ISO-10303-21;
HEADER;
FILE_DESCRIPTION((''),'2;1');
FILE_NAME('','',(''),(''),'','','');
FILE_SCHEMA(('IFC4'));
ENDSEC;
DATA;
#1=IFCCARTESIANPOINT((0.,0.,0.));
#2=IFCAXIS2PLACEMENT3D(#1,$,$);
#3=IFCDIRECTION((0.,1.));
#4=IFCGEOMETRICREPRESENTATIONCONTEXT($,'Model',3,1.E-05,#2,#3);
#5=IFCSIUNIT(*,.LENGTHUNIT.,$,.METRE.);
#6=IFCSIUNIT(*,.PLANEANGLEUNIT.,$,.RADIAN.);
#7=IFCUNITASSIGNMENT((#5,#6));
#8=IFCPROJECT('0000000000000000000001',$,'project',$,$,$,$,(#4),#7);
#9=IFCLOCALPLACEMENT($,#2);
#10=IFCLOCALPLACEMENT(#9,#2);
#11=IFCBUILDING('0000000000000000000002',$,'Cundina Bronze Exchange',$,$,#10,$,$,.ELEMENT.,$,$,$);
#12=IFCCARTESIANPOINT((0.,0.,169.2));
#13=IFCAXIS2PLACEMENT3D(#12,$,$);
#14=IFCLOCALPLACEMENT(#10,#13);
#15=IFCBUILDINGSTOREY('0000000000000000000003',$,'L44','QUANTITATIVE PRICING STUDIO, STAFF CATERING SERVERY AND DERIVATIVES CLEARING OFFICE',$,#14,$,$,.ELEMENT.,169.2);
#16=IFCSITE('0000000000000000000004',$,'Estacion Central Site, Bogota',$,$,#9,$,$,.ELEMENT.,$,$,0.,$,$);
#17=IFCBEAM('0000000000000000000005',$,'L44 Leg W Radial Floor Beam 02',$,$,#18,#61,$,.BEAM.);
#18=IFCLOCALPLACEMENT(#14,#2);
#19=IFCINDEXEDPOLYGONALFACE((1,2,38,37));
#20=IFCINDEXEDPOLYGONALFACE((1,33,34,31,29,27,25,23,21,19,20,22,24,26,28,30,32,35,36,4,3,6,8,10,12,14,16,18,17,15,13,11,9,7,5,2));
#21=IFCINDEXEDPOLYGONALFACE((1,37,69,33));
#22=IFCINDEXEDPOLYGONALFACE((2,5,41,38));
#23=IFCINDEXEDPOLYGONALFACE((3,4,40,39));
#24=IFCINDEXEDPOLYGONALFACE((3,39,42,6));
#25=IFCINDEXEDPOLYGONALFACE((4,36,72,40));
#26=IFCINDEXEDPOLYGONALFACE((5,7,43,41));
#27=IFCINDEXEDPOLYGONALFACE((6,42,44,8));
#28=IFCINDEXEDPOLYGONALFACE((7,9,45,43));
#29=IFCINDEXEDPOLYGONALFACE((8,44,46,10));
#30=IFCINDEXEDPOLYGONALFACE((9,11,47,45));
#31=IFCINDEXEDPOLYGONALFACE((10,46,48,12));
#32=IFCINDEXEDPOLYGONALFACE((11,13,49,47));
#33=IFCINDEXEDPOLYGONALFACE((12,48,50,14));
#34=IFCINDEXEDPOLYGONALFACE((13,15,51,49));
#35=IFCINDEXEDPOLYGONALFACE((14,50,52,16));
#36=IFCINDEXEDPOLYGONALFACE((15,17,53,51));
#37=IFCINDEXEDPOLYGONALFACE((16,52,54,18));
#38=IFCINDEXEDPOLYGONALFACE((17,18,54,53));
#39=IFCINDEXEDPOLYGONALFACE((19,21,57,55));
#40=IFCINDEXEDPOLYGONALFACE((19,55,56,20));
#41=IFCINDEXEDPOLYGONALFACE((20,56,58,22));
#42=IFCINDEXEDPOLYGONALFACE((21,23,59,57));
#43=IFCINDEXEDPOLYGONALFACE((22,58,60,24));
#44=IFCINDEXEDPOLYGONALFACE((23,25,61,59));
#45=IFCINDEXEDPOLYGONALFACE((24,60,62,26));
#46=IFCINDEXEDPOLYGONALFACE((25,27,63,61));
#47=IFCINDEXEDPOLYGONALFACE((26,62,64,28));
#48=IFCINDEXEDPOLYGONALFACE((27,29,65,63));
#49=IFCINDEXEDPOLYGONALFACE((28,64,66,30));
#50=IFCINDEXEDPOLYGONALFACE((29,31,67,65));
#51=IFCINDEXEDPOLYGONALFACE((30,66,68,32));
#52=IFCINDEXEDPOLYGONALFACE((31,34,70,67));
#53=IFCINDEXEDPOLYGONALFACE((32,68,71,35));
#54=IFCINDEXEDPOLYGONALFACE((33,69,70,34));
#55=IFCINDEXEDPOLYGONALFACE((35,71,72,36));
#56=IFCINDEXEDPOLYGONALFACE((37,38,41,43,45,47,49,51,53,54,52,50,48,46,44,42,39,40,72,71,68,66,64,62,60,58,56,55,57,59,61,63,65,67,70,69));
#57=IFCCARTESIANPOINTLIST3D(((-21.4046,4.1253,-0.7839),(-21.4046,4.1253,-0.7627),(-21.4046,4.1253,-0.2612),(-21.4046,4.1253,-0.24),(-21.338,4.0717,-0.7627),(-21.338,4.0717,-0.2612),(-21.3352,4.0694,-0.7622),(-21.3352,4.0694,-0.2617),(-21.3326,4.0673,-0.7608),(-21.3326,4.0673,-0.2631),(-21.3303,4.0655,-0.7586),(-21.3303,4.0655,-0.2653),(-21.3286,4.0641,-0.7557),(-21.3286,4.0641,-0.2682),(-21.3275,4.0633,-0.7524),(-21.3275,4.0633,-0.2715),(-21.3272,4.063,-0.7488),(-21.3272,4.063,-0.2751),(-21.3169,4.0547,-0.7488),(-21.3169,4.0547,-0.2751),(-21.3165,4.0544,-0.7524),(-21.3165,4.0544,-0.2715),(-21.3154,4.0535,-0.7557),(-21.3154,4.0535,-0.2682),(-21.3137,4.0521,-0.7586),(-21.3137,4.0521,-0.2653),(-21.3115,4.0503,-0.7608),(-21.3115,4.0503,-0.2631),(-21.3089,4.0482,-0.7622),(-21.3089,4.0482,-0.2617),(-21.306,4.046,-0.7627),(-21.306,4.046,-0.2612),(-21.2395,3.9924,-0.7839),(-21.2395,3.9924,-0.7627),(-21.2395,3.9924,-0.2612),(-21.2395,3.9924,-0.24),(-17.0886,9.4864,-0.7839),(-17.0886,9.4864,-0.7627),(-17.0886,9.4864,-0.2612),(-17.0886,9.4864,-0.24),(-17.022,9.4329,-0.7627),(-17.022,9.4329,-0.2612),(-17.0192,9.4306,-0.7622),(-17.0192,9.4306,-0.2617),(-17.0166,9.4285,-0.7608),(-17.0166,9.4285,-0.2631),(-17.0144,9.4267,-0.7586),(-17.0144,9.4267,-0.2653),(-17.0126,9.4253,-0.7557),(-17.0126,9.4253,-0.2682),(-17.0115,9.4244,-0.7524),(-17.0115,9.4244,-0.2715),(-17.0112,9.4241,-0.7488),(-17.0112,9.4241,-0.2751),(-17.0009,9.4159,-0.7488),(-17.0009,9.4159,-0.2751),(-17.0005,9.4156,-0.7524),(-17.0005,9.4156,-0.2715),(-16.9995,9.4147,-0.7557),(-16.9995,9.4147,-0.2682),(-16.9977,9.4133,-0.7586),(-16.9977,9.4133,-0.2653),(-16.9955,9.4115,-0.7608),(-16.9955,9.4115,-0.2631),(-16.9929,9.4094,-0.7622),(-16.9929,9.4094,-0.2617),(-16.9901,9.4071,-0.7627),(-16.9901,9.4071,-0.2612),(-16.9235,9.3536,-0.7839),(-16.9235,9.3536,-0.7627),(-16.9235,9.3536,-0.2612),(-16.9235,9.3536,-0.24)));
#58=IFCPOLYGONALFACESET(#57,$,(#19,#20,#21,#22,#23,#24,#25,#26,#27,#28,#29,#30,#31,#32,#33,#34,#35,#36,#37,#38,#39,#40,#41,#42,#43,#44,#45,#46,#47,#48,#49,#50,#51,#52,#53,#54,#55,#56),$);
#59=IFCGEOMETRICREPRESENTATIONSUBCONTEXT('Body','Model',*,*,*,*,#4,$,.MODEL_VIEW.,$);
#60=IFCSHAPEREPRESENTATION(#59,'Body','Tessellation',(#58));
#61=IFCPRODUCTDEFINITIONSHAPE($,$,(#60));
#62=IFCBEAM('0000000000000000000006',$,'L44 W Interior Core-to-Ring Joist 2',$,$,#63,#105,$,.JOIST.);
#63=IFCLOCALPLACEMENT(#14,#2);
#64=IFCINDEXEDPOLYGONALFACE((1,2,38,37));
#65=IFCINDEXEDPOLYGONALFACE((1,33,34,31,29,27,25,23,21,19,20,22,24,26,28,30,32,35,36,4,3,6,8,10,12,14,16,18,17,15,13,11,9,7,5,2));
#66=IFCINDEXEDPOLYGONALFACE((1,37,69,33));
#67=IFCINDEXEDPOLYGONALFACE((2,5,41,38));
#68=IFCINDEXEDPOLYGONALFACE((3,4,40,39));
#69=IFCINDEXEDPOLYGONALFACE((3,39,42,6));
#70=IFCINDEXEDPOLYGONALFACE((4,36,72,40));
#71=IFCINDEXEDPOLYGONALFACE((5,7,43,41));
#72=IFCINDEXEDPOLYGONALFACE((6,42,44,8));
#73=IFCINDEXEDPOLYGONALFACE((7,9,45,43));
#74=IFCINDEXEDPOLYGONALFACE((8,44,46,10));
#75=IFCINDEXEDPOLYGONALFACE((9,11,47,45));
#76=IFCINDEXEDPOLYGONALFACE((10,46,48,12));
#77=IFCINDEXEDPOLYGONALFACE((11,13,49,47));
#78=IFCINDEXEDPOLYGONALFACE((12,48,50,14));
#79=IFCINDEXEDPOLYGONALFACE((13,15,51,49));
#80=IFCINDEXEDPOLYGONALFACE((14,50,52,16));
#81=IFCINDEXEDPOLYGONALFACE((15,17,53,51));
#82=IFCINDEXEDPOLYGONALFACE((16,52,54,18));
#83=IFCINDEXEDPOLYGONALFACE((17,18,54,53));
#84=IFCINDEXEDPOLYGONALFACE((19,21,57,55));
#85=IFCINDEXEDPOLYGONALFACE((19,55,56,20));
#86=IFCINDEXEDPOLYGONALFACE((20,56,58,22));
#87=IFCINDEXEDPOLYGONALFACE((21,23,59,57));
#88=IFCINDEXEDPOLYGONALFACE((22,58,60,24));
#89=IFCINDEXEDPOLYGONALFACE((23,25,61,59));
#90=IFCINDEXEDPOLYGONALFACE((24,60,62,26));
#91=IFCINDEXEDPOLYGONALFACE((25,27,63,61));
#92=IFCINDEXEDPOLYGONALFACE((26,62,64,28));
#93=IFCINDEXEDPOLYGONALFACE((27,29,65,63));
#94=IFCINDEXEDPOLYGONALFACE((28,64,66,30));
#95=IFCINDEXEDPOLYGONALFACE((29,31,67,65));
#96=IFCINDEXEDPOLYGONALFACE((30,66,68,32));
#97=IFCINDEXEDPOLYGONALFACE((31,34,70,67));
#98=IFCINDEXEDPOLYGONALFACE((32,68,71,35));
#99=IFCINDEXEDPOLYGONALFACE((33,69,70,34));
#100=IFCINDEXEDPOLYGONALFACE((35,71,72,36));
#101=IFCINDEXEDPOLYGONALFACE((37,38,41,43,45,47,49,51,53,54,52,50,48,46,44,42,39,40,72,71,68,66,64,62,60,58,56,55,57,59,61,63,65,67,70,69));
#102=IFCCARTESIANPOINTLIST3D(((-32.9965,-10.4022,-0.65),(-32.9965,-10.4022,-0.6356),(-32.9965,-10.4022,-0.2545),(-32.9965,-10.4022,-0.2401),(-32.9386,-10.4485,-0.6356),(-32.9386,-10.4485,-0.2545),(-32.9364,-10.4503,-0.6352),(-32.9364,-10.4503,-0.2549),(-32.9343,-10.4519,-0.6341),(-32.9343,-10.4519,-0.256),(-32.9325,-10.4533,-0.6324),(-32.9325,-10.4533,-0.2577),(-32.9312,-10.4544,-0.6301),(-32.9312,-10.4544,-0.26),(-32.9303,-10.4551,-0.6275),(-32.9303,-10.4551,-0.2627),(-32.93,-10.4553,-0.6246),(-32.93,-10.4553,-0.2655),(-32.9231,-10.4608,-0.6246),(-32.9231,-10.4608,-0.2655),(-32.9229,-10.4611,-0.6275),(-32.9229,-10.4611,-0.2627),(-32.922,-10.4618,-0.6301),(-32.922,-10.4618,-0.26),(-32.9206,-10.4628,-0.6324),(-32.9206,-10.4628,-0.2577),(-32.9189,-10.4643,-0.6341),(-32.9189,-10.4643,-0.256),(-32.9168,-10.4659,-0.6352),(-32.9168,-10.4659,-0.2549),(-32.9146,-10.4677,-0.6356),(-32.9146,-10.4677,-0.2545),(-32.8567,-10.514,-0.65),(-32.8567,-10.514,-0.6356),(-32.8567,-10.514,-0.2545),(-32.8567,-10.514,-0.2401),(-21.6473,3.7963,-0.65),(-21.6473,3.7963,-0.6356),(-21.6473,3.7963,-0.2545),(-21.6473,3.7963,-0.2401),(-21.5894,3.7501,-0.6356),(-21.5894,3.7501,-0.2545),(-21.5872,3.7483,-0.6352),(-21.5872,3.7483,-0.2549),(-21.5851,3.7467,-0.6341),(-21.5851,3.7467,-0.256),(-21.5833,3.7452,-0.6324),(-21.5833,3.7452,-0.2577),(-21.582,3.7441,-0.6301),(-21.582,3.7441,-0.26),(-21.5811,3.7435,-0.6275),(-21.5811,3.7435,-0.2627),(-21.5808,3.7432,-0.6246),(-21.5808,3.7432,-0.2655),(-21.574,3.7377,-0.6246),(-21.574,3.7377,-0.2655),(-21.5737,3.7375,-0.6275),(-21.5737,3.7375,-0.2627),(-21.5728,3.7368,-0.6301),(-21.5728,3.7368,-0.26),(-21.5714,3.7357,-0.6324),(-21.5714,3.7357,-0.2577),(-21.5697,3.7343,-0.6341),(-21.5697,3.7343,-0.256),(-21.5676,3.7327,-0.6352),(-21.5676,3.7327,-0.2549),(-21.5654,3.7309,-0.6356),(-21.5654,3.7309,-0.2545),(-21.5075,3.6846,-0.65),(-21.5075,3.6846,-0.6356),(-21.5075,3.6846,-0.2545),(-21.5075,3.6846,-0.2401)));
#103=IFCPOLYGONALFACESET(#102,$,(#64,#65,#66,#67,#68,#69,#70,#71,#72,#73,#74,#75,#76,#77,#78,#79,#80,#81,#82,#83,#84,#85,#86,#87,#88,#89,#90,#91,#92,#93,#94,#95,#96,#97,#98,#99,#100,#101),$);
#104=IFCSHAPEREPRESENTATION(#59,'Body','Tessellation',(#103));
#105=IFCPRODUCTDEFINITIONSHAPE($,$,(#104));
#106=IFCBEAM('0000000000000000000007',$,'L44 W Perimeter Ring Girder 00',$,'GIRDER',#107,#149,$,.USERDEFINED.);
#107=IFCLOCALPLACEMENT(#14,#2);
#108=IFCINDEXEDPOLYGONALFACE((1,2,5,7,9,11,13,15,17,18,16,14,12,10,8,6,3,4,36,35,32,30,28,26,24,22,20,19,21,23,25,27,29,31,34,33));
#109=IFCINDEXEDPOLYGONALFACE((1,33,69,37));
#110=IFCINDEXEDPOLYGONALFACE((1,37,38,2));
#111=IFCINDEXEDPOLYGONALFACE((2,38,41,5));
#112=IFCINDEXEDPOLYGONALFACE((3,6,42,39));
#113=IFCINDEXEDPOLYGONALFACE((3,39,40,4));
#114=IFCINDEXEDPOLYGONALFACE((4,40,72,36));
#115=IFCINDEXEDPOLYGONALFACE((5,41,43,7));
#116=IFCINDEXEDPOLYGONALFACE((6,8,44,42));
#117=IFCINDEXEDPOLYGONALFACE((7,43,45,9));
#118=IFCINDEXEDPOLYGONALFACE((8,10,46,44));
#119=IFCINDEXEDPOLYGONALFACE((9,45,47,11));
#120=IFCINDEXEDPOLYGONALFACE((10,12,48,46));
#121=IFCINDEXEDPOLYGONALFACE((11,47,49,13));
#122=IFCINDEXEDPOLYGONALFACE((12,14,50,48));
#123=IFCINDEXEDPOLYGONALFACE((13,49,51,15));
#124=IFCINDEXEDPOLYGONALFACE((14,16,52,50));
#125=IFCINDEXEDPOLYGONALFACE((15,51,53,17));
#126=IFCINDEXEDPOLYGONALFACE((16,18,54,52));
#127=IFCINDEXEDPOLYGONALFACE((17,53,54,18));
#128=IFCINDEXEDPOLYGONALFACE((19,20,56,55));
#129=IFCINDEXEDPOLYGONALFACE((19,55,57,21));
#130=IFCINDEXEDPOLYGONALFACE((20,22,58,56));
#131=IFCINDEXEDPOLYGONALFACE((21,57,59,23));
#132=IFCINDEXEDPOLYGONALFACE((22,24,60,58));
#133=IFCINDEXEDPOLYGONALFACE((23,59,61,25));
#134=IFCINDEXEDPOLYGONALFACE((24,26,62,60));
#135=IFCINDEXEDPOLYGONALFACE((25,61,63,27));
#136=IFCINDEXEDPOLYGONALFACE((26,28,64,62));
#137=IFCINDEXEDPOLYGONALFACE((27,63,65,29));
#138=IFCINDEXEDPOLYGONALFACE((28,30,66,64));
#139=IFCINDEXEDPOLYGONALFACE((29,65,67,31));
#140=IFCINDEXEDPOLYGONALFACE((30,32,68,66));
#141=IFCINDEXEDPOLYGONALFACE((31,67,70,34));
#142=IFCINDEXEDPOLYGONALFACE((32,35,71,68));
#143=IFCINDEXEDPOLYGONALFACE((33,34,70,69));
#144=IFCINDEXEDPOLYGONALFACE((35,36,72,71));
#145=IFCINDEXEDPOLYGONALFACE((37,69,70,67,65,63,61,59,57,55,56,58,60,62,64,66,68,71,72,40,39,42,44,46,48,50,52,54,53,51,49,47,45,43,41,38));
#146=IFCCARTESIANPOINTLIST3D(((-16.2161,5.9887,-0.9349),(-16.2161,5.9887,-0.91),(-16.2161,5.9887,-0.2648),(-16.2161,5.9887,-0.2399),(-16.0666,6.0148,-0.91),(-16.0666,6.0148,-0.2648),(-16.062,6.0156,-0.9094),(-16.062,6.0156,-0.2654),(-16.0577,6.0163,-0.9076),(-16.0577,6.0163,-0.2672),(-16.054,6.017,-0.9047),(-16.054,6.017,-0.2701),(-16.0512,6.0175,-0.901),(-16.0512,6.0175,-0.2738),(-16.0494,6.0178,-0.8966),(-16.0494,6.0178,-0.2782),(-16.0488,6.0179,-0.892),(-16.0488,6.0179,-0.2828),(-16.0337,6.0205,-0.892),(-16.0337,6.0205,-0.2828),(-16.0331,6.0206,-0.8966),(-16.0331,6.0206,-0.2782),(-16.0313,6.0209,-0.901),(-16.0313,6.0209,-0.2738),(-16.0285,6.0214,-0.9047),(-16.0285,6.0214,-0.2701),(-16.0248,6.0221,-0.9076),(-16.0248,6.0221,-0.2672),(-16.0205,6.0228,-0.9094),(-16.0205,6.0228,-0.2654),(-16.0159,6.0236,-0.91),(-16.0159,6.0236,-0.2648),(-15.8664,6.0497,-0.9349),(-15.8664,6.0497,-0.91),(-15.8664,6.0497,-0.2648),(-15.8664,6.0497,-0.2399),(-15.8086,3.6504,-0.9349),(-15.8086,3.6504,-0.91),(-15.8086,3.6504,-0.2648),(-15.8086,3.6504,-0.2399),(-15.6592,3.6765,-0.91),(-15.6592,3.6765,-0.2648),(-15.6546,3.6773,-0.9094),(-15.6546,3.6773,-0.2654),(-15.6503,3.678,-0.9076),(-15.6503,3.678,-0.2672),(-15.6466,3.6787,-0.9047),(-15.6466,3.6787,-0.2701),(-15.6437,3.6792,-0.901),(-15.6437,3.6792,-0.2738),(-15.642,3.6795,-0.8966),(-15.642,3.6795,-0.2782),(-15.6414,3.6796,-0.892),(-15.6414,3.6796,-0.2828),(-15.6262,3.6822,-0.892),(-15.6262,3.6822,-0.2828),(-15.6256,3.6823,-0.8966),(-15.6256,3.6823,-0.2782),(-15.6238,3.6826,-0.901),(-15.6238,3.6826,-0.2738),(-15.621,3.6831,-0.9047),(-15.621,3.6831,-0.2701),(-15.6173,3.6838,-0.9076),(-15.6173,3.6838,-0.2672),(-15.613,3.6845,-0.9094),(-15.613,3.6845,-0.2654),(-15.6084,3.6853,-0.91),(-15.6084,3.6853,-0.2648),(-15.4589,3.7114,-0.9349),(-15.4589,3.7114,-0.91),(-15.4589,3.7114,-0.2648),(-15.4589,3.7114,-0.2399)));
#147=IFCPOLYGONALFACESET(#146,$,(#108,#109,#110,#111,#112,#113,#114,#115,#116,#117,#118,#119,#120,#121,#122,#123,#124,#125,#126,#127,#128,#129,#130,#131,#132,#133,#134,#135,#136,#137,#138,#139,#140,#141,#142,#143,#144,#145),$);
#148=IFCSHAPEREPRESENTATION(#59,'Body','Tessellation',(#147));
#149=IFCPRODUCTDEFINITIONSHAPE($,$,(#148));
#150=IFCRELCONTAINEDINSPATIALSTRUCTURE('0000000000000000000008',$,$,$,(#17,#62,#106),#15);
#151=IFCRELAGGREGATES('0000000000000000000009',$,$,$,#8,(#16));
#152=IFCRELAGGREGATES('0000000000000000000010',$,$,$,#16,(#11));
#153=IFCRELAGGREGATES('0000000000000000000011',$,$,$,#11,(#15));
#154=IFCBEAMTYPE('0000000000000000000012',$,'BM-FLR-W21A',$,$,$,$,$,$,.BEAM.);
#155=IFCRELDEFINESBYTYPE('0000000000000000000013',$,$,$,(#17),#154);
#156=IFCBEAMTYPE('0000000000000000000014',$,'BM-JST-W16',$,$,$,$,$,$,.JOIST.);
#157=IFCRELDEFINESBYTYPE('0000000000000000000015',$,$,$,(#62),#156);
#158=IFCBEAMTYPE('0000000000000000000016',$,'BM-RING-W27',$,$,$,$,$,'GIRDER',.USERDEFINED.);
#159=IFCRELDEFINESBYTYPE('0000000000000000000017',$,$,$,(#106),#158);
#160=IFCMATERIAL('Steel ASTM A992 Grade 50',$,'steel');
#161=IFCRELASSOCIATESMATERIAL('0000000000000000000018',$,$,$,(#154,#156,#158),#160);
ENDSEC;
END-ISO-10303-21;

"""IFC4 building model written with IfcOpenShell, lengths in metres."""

from ifc_helpers import new_model, si_unit, direction, frame, origin, origin_2d, place, context, subcontext, project, spatial, i_section, extrude, material, material_profile, profile_set, type_object, element, save


model = new_model("IFC4")

# Units and contexts
model_context = context("Model", 3, precision=1e-05, world=origin(), true_north=direction((0.0, 1.0)))
body_context = subcontext(model_context, "Body", "Model", "MODEL_VIEW")
ifc_project = project(units=[si_unit("LENGTHUNIT", "METRE"), si_unit("PLANEANGLEUNIT", "RADIAN")], contexts=[model_context])

# Site, building, storey
site_placement = place(None, origin())
site = spatial("IfcSite", under=ifc_project, at=site_placement, Name="Estacion Central Site, Bogota", CompositionType="ELEMENT", RefElevation=0.0)
building_placement = place(site_placement, origin())
building = spatial("IfcBuilding", under=site, at=building_placement, Name="Cundina Bronze Exchange", CompositionType="ELEMENT")
storey_placement = place(building_placement, frame((0.0, 0.0, 169.2)))
storey = spatial("IfcBuildingStorey", under=building, at=storey_placement, Name="L44", Description="QUANTITATIVE PRICING STUDIO, STAFF CATERING SERVERY AND DERIVATIVES CLEARING OFFICE", CompositionType="ELEMENT", Elevation=169.2)

# Shared definitions
ifc_material_1 = material(Name="Steel ASTM A992 Grade 50", Category="steel")

# Beams
ifc_material_profile_1 = material_profile(ifc_material_1, i_section(OverallWidth=0.2119, OverallDepth=0.5439, WebThickness=0.0132, FlangeThickness=0.0212, FilletRadius=0.0139, at=origin_2d()), Name="W21X83", Category="steel")
ifc_profile_set_1 = profile_set([ifc_material_profile_1], Name="Steel ASTM A992 Grade 50")
beam_type_1 = type_object("IfcBeamType", Name="BM-FLR-W21A", PredefinedType="BEAM", material=ifc_profile_set_1)
beam_1_placement = place(storey_placement, frame((-21.322, 4.0588, -0.512), z_axis=(0.627089, 0.778948, 0.0), x_axis=(-0.778948, 0.627089, 0.0)))
element("IfcBeam", 1, at=beam_1_placement, inside=storey, type_object=beam_type_1, Name="L44 Leg W Radial Floor Beam 02", PredefinedType="BEAM", context=body_context, shape_type="SweptSolid", body=[
    extrude(i_section(OverallWidth=0.2119, OverallDepth=0.5439, WebThickness=0.0132, FlangeThickness=0.0212, FilletRadius=0.0139, at=origin_2d()), origin(), (0.0, 0.0, 1.0), 6.8826),
])
ifc_material_profile_2 = material_profile(ifc_material_1, i_section(OverallWidth=0.179, OverallDepth=0.4099, WebThickness=0.0088, FlangeThickness=0.0144, FilletRadius=0.011, at=origin_2d()), Name="W16X45", Category="steel")
ifc_profile_set_2 = profile_set([ifc_material_profile_2], Name="Steel ASTM A992 Grade 50")
beam_type_2 = type_object("IfcBeamType", Name="BM-JST-W16", PredefinedType="JOIST", material=ifc_profile_set_2)
beam_2_placement = place(storey_placement, frame((-21.5774, 3.7405, -0.4451), z_axis=(-0.624371, -0.781128, 0.0), x_axis=(0.781128, -0.624371, 0.0)))
element("IfcBeam", 2, at=beam_2_placement, inside=storey, type_object=beam_type_2, Name="L44 W Interior Core-to-Ring Joist 2", PredefinedType="JOIST", context=body_context, shape_type="SweptSolid", body=[
    extrude(i_section(OverallWidth=0.179, OverallDepth=0.4099, WebThickness=0.0088, FlangeThickness=0.0144, FilletRadius=0.011, at=origin_2d()), origin(), (0.0, 0.0, 1.0), 18.177),
])
ifc_material_profile_3 = material_profile(ifc_material_1, i_section(OverallWidth=0.355, OverallDepth=0.6951, WebThickness=0.0154, FlangeThickness=0.0249, FilletRadius=0.0181, at=origin_2d()), Name="W27X146", Category="steel")
ifc_profile_set_3 = profile_set([ifc_material_profile_3], Name="Steel ASTM A992 Grade 50")
beam_type_3 = type_object("IfcBeamType", Name="BM-RING-W27", ElementType="GIRDER", PredefinedType="USERDEFINED", material=ifc_profile_set_3)
beam_3_placement = place(storey_placement, frame((-15.6338, 3.6809, -0.5874), z_axis=(-0.171667, 0.985155, 0.0), x_axis=(-0.985155, -0.171667, 0.0)))
element("IfcBeam", 3, at=beam_3_placement, inside=storey, type_object=beam_type_3, Name="L44 W Perimeter Ring Girder 00", ObjectType="GIRDER", PredefinedType="USERDEFINED", context=body_context, shape_type="SweptSolid", body=[
    extrude(i_section(OverallWidth=0.355, OverallDepth=0.6951, WebThickness=0.0154, FlangeThickness=0.0249, FilletRadius=0.0181, at=origin_2d()), origin(), (0.0, 0.0, 1.0), 2.3735),
])

save(model, "model.ifc")
